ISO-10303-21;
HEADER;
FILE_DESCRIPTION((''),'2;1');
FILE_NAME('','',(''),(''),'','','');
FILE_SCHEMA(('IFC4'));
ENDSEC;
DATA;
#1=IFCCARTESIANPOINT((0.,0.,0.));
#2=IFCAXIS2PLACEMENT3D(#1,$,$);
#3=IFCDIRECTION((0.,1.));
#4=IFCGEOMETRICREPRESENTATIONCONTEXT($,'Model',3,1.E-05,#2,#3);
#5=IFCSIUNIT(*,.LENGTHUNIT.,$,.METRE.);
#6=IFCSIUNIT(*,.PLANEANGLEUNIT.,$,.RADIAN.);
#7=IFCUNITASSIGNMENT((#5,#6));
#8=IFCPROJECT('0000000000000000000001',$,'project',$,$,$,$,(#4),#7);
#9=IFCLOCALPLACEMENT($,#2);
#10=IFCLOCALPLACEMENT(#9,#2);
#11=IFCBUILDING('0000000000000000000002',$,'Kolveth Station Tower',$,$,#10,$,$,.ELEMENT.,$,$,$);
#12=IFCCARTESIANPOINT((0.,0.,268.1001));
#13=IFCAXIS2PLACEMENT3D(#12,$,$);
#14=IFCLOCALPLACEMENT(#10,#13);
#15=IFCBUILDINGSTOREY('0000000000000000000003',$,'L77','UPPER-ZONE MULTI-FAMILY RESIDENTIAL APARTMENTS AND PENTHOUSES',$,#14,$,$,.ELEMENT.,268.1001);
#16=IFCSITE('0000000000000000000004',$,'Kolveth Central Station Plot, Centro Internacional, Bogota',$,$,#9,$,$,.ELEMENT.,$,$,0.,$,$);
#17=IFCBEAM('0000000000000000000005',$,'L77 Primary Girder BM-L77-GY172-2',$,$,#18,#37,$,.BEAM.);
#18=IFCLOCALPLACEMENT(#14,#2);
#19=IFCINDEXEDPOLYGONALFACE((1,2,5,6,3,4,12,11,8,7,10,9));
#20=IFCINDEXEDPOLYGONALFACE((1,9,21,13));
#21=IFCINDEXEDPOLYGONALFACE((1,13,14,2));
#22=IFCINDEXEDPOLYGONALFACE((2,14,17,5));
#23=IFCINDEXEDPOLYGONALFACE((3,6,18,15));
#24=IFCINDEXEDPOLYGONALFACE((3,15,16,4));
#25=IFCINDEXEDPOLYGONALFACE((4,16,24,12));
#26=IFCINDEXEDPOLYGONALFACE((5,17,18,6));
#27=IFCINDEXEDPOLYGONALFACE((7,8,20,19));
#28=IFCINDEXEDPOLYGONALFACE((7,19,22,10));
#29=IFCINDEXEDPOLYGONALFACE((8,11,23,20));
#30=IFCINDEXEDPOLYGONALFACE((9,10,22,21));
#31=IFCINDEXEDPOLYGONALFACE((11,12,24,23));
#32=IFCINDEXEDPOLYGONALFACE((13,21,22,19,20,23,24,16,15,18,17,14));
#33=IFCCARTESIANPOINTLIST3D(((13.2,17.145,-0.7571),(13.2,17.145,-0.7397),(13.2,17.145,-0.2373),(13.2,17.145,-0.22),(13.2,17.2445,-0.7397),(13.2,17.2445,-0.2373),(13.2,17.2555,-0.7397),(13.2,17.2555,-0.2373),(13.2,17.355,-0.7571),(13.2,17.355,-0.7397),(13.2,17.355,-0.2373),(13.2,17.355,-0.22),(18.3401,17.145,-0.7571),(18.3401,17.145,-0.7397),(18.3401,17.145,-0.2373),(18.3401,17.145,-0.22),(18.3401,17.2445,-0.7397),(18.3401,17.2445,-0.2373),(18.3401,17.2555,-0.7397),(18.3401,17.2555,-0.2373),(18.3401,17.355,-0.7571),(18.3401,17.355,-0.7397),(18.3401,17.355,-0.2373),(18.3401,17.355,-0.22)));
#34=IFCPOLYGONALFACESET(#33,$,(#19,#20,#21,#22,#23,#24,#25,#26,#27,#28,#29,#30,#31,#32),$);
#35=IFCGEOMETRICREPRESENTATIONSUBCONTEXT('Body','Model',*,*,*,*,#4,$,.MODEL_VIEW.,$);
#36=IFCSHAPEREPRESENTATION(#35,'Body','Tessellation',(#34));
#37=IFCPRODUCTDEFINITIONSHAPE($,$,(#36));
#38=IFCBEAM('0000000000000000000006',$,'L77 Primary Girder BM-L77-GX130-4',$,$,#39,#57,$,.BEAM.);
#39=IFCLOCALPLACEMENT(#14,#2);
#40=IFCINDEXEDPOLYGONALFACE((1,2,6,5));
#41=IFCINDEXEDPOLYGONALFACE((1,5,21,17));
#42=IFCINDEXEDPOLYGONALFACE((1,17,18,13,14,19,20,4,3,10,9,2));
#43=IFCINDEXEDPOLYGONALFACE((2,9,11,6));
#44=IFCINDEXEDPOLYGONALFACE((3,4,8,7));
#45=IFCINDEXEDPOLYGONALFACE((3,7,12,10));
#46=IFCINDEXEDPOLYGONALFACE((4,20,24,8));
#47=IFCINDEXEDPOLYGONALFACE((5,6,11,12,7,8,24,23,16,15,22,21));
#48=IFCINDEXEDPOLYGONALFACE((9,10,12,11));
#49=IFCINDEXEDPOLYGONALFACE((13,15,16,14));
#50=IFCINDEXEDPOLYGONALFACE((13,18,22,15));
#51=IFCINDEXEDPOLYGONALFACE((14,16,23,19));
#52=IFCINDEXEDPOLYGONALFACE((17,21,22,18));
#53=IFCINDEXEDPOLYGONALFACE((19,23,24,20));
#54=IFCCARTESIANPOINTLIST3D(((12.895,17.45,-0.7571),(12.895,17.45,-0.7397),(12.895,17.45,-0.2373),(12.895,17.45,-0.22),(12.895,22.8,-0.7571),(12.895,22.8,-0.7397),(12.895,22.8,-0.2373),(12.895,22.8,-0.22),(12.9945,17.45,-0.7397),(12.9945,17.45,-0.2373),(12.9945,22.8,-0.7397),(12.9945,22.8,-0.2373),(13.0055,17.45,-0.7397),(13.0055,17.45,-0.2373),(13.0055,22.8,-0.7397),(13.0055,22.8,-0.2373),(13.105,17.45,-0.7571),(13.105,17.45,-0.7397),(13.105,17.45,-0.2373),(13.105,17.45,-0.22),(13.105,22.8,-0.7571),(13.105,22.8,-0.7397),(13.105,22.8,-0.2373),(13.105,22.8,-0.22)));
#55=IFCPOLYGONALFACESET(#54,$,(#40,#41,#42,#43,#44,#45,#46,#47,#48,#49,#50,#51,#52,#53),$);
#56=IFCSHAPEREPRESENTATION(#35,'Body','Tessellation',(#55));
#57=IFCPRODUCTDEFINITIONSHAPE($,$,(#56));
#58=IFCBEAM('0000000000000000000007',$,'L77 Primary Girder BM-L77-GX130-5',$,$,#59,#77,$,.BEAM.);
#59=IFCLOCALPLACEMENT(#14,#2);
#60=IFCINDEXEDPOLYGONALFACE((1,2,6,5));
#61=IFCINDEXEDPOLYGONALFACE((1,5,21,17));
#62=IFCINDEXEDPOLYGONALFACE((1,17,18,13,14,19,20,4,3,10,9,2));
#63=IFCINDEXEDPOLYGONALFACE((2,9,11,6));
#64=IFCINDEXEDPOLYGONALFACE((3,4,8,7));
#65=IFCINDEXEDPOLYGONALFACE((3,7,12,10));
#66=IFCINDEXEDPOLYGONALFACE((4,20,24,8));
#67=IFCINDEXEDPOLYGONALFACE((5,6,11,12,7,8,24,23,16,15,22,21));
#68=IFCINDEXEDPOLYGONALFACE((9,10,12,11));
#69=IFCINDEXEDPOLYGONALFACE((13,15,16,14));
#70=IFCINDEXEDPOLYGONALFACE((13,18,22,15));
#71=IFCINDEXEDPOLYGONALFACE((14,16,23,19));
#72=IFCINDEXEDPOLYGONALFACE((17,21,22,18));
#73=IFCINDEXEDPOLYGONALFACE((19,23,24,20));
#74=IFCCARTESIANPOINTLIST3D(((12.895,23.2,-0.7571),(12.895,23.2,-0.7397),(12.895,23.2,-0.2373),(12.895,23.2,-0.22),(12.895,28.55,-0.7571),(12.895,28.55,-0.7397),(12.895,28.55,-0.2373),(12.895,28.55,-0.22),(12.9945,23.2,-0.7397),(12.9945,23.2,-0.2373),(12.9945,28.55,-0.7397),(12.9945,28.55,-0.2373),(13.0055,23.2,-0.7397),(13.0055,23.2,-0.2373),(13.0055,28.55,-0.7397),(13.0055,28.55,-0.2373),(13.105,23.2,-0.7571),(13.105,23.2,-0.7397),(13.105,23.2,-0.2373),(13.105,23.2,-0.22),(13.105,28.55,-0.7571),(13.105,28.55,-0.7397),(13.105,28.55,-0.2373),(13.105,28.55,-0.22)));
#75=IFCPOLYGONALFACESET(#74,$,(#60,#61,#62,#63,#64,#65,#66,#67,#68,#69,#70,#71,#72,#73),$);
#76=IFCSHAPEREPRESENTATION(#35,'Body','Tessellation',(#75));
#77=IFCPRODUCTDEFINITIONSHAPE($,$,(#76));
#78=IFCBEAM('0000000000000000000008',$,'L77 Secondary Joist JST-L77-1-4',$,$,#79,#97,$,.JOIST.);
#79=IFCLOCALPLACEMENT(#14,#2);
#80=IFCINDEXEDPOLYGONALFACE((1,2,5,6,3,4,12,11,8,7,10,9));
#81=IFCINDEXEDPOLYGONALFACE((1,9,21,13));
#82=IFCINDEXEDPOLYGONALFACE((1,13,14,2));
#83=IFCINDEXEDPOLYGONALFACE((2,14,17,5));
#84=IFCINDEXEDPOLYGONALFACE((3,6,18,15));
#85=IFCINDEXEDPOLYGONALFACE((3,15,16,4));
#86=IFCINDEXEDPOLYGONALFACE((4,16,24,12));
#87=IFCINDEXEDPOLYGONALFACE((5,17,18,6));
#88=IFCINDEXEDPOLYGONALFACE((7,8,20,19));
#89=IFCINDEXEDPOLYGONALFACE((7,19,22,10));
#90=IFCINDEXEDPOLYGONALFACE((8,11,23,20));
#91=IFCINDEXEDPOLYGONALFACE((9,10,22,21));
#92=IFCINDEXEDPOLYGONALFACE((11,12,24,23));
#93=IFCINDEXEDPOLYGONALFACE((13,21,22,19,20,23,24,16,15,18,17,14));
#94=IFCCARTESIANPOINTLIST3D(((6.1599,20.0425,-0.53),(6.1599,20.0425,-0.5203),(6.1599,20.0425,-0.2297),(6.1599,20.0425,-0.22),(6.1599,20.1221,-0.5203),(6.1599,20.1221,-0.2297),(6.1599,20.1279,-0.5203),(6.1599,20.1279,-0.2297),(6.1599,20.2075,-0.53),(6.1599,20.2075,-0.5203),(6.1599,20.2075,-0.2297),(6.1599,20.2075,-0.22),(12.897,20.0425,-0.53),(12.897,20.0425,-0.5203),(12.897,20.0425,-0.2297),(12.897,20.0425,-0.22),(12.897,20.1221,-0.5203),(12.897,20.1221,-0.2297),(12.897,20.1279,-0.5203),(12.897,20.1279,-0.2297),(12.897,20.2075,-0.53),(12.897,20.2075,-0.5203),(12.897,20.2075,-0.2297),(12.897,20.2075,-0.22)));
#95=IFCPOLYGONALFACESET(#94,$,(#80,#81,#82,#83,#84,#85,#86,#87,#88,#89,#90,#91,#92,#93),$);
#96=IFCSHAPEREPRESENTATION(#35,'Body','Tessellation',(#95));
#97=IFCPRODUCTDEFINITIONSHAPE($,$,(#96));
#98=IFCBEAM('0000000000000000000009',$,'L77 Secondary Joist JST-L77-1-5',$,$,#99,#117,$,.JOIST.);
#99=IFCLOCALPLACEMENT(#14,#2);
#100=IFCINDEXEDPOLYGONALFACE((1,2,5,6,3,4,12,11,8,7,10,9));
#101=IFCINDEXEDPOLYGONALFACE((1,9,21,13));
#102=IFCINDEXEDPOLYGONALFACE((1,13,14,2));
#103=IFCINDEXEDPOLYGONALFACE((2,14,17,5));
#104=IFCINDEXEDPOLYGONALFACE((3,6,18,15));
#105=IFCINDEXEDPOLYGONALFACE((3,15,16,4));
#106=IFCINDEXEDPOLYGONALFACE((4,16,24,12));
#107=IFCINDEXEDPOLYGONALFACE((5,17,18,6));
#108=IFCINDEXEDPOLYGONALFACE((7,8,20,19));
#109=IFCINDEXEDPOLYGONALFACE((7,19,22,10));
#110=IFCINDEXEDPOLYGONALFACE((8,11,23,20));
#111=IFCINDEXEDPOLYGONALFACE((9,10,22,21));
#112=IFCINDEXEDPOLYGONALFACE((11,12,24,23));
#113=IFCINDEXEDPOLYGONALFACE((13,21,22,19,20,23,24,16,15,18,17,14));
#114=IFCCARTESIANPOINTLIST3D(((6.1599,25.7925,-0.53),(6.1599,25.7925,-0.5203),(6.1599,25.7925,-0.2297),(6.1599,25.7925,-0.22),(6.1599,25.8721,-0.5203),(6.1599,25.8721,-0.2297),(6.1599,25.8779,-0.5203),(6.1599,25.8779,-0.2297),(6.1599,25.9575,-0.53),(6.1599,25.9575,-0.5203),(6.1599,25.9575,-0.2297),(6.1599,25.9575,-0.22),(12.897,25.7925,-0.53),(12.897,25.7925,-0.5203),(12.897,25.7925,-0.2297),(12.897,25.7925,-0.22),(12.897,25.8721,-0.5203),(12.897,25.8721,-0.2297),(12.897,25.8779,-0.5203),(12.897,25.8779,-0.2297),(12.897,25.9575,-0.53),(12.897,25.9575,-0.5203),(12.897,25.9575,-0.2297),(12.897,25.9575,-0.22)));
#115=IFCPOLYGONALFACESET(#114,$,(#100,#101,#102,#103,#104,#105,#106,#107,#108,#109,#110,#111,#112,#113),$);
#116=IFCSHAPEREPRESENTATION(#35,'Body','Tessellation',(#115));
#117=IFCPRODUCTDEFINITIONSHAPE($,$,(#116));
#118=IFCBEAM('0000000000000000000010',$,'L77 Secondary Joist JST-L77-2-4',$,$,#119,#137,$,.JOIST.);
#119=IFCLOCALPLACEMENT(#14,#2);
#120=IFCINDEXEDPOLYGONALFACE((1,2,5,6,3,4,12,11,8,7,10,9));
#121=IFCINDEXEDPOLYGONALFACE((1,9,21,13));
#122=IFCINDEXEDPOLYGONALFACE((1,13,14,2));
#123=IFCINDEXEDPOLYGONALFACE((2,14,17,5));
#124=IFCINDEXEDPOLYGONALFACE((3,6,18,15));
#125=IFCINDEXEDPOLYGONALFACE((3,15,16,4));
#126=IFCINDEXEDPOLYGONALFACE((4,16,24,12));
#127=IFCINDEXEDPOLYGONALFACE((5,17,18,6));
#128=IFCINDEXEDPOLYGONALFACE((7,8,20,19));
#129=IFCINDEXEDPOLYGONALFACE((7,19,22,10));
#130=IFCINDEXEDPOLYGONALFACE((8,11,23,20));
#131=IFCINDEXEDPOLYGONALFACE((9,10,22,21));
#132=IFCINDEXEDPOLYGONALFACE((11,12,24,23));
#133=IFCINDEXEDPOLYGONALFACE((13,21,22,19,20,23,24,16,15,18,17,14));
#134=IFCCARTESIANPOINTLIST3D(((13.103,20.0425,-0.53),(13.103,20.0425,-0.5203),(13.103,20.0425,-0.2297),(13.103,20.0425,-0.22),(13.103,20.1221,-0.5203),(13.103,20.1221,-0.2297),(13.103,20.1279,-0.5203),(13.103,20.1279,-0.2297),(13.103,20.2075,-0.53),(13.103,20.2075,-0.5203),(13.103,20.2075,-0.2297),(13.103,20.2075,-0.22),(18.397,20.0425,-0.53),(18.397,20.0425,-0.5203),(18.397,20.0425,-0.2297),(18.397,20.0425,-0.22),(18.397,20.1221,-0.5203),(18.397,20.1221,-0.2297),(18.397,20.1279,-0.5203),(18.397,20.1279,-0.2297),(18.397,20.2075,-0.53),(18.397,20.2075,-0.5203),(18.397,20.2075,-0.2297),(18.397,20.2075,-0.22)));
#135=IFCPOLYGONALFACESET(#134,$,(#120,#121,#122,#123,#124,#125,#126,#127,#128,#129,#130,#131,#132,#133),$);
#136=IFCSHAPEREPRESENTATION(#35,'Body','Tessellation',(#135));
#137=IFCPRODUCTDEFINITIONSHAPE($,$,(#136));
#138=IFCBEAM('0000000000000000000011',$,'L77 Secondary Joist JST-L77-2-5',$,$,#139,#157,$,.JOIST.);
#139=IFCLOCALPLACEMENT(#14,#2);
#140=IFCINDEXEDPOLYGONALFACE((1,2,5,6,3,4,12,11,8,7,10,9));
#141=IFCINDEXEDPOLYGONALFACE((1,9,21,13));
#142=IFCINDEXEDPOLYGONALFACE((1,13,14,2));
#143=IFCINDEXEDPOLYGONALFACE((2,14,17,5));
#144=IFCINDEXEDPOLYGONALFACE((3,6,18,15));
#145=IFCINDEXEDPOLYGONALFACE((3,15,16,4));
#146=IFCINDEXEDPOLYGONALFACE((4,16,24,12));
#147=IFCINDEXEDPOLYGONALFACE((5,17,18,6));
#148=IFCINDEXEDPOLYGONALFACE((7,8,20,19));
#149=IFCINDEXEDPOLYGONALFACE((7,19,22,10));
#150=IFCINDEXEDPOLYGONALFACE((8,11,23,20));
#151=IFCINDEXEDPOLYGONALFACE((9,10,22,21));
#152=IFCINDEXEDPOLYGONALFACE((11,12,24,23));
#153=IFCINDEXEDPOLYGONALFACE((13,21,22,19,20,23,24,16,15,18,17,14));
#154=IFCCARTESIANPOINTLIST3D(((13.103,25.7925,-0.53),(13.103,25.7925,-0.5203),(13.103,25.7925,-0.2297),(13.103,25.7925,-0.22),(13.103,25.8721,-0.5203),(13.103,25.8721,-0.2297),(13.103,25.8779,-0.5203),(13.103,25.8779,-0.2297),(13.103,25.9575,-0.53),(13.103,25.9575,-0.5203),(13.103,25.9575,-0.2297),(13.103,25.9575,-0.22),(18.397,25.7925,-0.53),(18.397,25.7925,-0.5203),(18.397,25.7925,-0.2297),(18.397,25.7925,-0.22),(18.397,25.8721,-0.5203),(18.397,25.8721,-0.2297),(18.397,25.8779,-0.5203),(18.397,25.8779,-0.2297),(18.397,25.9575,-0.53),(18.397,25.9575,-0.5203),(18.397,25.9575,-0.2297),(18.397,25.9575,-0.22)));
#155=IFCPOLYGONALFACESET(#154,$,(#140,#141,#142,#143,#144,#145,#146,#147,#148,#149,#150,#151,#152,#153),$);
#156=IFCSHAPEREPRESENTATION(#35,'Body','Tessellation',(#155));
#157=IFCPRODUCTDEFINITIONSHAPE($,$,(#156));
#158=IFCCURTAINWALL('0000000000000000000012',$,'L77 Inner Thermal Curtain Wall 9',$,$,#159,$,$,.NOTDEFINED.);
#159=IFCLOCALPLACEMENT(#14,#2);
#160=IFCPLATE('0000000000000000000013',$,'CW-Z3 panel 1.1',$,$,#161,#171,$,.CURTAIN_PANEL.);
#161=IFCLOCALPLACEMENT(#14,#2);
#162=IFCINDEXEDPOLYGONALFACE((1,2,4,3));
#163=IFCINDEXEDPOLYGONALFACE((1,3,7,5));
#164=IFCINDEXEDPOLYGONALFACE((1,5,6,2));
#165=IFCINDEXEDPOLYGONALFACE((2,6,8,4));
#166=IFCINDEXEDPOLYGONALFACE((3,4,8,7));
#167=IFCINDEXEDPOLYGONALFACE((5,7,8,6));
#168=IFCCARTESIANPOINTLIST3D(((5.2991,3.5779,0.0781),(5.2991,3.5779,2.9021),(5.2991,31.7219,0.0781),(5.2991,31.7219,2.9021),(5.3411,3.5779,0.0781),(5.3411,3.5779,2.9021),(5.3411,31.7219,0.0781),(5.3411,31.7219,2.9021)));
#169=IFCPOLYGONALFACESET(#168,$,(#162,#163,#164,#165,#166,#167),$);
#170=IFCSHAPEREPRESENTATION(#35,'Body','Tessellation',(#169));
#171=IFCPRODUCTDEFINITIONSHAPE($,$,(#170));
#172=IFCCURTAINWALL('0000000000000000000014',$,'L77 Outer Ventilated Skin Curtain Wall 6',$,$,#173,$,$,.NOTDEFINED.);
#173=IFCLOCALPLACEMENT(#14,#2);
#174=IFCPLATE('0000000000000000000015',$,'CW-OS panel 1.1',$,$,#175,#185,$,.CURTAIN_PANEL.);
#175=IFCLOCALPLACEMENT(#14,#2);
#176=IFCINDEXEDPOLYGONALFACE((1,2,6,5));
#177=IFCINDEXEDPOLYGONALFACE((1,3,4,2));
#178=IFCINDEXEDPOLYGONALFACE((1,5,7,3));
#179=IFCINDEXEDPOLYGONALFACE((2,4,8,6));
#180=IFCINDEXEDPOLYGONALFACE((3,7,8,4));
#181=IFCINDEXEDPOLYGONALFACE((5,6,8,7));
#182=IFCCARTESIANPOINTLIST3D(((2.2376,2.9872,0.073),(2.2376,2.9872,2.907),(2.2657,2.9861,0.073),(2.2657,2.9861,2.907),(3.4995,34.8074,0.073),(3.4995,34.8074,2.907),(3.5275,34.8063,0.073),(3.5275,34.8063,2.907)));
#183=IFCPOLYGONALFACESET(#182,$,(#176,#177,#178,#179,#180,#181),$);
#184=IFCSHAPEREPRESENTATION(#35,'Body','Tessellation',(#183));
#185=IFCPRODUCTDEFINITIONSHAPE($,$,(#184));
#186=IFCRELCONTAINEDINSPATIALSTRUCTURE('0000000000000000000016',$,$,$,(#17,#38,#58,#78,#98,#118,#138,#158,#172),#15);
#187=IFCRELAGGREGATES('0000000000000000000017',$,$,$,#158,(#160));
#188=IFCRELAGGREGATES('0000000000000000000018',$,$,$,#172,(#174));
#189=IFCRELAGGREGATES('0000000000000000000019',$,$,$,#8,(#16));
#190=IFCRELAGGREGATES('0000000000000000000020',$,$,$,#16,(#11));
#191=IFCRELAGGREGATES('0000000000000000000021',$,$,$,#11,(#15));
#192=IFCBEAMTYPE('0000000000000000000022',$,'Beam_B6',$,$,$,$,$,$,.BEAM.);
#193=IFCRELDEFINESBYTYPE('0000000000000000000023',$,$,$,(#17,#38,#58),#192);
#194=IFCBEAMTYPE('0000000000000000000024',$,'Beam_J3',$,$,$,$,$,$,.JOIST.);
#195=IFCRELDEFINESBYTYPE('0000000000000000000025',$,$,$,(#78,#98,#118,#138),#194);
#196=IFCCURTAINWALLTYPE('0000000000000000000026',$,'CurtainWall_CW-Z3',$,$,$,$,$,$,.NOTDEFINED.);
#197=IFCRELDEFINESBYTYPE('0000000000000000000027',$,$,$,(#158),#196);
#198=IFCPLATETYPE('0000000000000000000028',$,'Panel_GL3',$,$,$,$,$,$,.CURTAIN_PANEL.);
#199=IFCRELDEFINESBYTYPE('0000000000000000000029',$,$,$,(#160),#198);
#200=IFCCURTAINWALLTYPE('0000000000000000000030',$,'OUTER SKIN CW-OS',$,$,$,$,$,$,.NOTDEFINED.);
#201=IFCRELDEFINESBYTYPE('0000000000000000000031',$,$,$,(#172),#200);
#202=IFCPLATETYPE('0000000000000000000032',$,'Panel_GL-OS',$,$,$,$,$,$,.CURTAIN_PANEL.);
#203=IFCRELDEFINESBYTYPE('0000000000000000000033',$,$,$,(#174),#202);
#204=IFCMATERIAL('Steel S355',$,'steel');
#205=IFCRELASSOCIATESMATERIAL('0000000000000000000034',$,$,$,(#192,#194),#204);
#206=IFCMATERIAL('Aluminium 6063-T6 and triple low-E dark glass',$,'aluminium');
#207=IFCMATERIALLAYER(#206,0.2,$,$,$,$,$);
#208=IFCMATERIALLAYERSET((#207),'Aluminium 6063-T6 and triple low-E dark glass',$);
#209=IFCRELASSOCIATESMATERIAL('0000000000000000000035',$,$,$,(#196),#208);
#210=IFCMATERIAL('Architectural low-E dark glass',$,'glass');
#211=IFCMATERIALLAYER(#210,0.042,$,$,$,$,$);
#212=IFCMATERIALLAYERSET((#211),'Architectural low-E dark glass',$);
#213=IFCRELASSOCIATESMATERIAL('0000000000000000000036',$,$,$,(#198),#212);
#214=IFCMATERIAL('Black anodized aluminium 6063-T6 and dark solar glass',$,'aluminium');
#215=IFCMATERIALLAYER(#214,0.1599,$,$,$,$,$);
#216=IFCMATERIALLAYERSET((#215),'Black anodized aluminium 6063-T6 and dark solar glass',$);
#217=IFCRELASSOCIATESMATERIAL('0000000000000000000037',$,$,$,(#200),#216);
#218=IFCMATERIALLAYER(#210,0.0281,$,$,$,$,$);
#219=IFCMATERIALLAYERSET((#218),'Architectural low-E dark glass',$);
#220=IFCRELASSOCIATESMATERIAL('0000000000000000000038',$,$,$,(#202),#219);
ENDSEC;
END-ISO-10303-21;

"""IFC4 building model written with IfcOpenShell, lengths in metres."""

from ifc_helpers import new_model, si_unit, direction, frame, origin, origin_2d, place, context, subcontext, project, spatial, rectangle, i_section, extrude, source, transform, mapped, material, layer, layer_set, material_profile, profile_set, type_object, element, aggregate, save


model = new_model("IFC4")

# Units and contexts
model_context = context("Model", 3, precision=1e-05, world=origin(), true_north=direction((0.0, 1.0)))
body_context = subcontext(model_context, "Body", "Model", "MODEL_VIEW")
ifc_project = project(units=[si_unit("LENGTHUNIT", "METRE"), si_unit("PLANEANGLEUNIT", "RADIAN")], contexts=[model_context])

# Site, building, storey
site_placement = place(None, origin())
site = spatial("IfcSite", under=ifc_project, at=site_placement, Name="Kolveth Central Station Plot, Centro Internacional, Bogota", CompositionType="ELEMENT", RefElevation=0.0)
building_placement = place(site_placement, origin())
building = spatial("IfcBuilding", under=site, at=building_placement, Name="Kolveth Station Tower", CompositionType="ELEMENT")
storey_placement = place(building_placement, frame((0.0, 0.0, 268.1001)))
storey = spatial("IfcBuildingStorey", under=building, at=storey_placement, Name="L77", Description="UPPER-ZONE MULTI-FAMILY RESIDENTIAL APARTMENTS AND PENTHOUSES", CompositionType="ELEMENT", Elevation=268.1001)

# Shared definitions
ifc_material_1 = material(Name="Steel S355", Category="steel")

# Beams
ifc_material_profile_1 = material_profile(ifc_material_1, i_section(OverallWidth=0.21, OverallDepth=0.5371, WebThickness=0.011, FlangeThickness=0.0173, at=origin_2d()), Name="W530x101")
ifc_profile_set_1 = profile_set([ifc_material_profile_1], Name="Steel S355")
beam_type_1 = type_object("IfcBeamType", Name="Beam_B6", PredefinedType="BEAM", material=ifc_profile_set_1)
shared_shape_1 = source(origin(), body_context, "Body", "SweptSolid", [
    extrude(i_section(OverallWidth=0.21, OverallDepth=0.5371, WebThickness=0.011, FlangeThickness=0.0173, at=origin_2d()), origin(), (0.0, 0.0, 1.0), 5.1401),
])
beam_placement = place(storey_placement, frame((13.2, 17.25, -0.4885), z_axis=(1.0, 0.0, 0.0), x_axis=(0.0, 1.0, 0.0)))
element("IfcBeam", 1, at=beam_placement, inside=storey, type_object=beam_type_1, Name="L77 Primary Girder BM-L77-GY172-2", PredefinedType="BEAM", context=body_context, shape_type="MappedRepresentation", body=[
    mapped(shared_shape_1, transform((0.0, 0.0, 0.0), x_axis=(1.0, 0.0, 0.0), y_axis=(0.0, 1.0, 0.0), z_axis=(0.0, 0.0, 1.0), scale=1.0)),
])
shared_shape_2 = source(origin(), body_context, "Body", "SweptSolid", [
    extrude(i_section(OverallWidth=0.21, OverallDepth=0.5371, WebThickness=0.011, FlangeThickness=0.0173, at=origin_2d()), origin(), (0.0, 0.0, 1.0), 5.3501),
])
for number, where, z_axis, x_axis, name in (
    (2, (13.0, 17.45, -0.4885), (0.0, 1.0, 0.0), (-1.0, 0.0, 0.0), "L77 Primary Girder BM-L77-GX130-4"),
    (3, (13.0, 23.2, -0.4885), (0.0, 1.0, 0.0), (-1.0, 0.0, 0.0), "L77 Primary Girder BM-L77-GX130-5"),
):
    element("IfcBeam", number, at=place(storey_placement, frame(where, z_axis=z_axis, x_axis=x_axis)), inside=storey, type_object=beam_type_1, Name=name, PredefinedType="BEAM", context=body_context, shape_type="MappedRepresentation", body=[
        mapped(shared_shape_2, transform((0.0, 0.0, 0.0), x_axis=(1.0, 0.0, 0.0), y_axis=(0.0, 1.0, 0.0), z_axis=(0.0, 0.0, 1.0), scale=1.0)),
    ])
ifc_material_profile_2 = material_profile(ifc_material_1, i_section(OverallWidth=0.165, OverallDepth=0.3101, WebThickness=0.0059, FlangeThickness=0.0098, at=origin_2d()), Name="W310x39")
ifc_profile_set_2 = profile_set([ifc_material_profile_2], Name="Steel S355")
beam_type_2 = type_object("IfcBeamType", Name="Beam_J3", PredefinedType="JOIST", material=ifc_profile_set_2)
shared_shape_3 = source(origin(), body_context, "Body", "SweptSolid", [
    extrude(i_section(OverallWidth=0.165, OverallDepth=0.3101, WebThickness=0.0059, FlangeThickness=0.0098, at=origin_2d()), origin(), (0.0, 0.0, 1.0), 6.7371),
])
for number, where, z_axis, x_axis, name in (
    (4, (6.1599, 20.125, -0.375), (1.0, 0.0, 0.0), (0.0, 1.0, 0.0), "L77 Secondary Joist JST-L77-1-4"),
    (5, (6.1599, 25.875, -0.375), (1.0, 0.0, 0.0), (0.0, 1.0, 0.0), "L77 Secondary Joist JST-L77-1-5"),
):
    element("IfcBeam", number, at=place(storey_placement, frame(where, z_axis=z_axis, x_axis=x_axis)), inside=storey, type_object=beam_type_2, Name=name, PredefinedType="JOIST", context=body_context, shape_type="MappedRepresentation", body=[
        mapped(shared_shape_3, transform((0.0, 0.0, 0.0), x_axis=(1.0, 0.0, 0.0), y_axis=(0.0, 1.0, 0.0), z_axis=(0.0, 0.0, 1.0), scale=1.0)),
    ])
shared_shape_4 = source(origin(), body_context, "Body", "SweptSolid", [
    extrude(i_section(OverallWidth=0.165, OverallDepth=0.3101, WebThickness=0.0059, FlangeThickness=0.0098, at=origin_2d()), origin(), (0.0, 0.0, 1.0), 5.2939),
])
for number, where, z_axis, x_axis, name in (
    (6, (13.103, 20.125, -0.375), (1.0, 0.0, 0.0), (0.0, 1.0, 0.0), "L77 Secondary Joist JST-L77-2-4"),
    (7, (13.103, 25.875, -0.375), (1.0, 0.0, 0.0), (0.0, 1.0, 0.0), "L77 Secondary Joist JST-L77-2-5"),
):
    element("IfcBeam", number, at=place(storey_placement, frame(where, z_axis=z_axis, x_axis=x_axis)), inside=storey, type_object=beam_type_2, Name=name, PredefinedType="JOIST", context=body_context, shape_type="MappedRepresentation", body=[
        mapped(shared_shape_4, transform((0.0, 0.0, 0.0), x_axis=(1.0, 0.0, 0.0), y_axis=(0.0, 1.0, 0.0), z_axis=(0.0, 0.0, 1.0), scale=1.0)),
    ])

# Curtain walls, plates
ifc_material_2 = material(Name="Aluminium 6063-T6 and triple low-E dark glass", Category="aluminium")
ifc_layer_1 = layer(ifc_material_2, 0.2)
ifc_layer_set_1 = layer_set([ifc_layer_1], Name="Aluminium 6063-T6 and triple low-E dark glass")
curtain_wall_type_1 = type_object("IfcCurtainWallType", Name="CurtainWall_CW-Z3", PredefinedType="NOTDEFINED", material=ifc_layer_set_1)
curtain_wall_1_placement = place(storey_placement, origin())
curtain_wall_1 = element("IfcCurtainWall", 8, at=curtain_wall_1_placement, inside=storey, type_object=curtain_wall_type_1, Name="L77 Inner Thermal Curtain Wall 9", PredefinedType="NOTDEFINED")
ifc_material_3 = material(Name="Architectural low-E dark glass", Category="glass")
ifc_layer_2 = layer(ifc_material_3, 0.042)
ifc_layer_set_2 = layer_set([ifc_layer_2], Name="Architectural low-E dark glass")
plate_type_1 = type_object("IfcPlateType", Name="Panel_GL3", PredefinedType="CURTAIN_PANEL", material=ifc_layer_set_2)
shared_shape_5 = source(origin(), body_context, "Body", "SweptSolid", [
    extrude(rectangle(XDim=28.144, YDim=0.042, at=origin_2d()), origin(), (0.0, 0.0, 1.0), 2.824),
])
plate_1_placement = place(storey_placement, frame((5.3201, 17.6499, 0.0781), z_axis=(0.0, 0.0, 1.0), x_axis=(0.0, -1.0, 0.0)))
plate_1 = element("IfcPlate", 9, at=plate_1_placement, type_object=plate_type_1, Name="CW-Z3 panel 1.1", PredefinedType="CURTAIN_PANEL", context=body_context, shape_type="MappedRepresentation", body=[
    mapped(shared_shape_5, transform((0.0, 0.0, 0.0), x_axis=(1.0, 0.0, 0.0), y_axis=(0.0, 1.0, 0.0), z_axis=(0.0, 0.0, 1.0), scale=1.0)),
])
aggregate(curtain_wall_1, [plate_1])
ifc_material_4 = material(Name="Black anodized aluminium 6063-T6 and dark solar glass", Category="aluminium")
ifc_layer_3 = layer(ifc_material_4, 0.1599)
ifc_layer_set_3 = layer_set([ifc_layer_3], Name="Black anodized aluminium 6063-T6 and dark solar glass")
curtain_wall_type_2 = type_object("IfcCurtainWallType", Name="OUTER SKIN CW-OS", PredefinedType="NOTDEFINED", material=ifc_layer_set_3)
curtain_wall_2_placement = place(storey_placement, origin())
curtain_wall_2 = element("IfcCurtainWall", 10, at=curtain_wall_2_placement, inside=storey, type_object=curtain_wall_type_2, Name="L77 Outer Ventilated Skin Curtain Wall 6", PredefinedType="NOTDEFINED")
ifc_layer_4 = layer(ifc_material_3, 0.0281)
ifc_layer_set_4 = layer_set([ifc_layer_4], Name="Architectural low-E dark glass")
plate_type_2 = type_object("IfcPlateType", Name="Panel_GL-OS", PredefinedType="CURTAIN_PANEL", material=ifc_layer_set_4)
shared_shape_6 = source(origin(), body_context, "Body", "SweptSolid", [
    extrude(rectangle(XDim=31.8452, YDim=0.0281, at=origin_2d()), origin(), (0.0, 0.0, 1.0), 2.834),
])
plate_2_placement = place(storey_placement, frame((2.8826, 18.8967, 0.073), z_axis=(0.0, 0.0, 1.0), x_axis=(-0.039623, -0.999215, 0.0)))
plate_2 = element("IfcPlate", 11, at=plate_2_placement, type_object=plate_type_2, Name="CW-OS panel 1.1", PredefinedType="CURTAIN_PANEL", context=body_context, shape_type="MappedRepresentation", body=[
    mapped(shared_shape_6, transform((0.0, 0.0, 0.0), x_axis=(1.0, 0.0, 0.0), y_axis=(0.0, 1.0, 0.0), z_axis=(0.0, 0.0, 1.0), scale=1.0)),
])
aggregate(curtain_wall_2, [plate_2])

save(model, "model.ifc")
